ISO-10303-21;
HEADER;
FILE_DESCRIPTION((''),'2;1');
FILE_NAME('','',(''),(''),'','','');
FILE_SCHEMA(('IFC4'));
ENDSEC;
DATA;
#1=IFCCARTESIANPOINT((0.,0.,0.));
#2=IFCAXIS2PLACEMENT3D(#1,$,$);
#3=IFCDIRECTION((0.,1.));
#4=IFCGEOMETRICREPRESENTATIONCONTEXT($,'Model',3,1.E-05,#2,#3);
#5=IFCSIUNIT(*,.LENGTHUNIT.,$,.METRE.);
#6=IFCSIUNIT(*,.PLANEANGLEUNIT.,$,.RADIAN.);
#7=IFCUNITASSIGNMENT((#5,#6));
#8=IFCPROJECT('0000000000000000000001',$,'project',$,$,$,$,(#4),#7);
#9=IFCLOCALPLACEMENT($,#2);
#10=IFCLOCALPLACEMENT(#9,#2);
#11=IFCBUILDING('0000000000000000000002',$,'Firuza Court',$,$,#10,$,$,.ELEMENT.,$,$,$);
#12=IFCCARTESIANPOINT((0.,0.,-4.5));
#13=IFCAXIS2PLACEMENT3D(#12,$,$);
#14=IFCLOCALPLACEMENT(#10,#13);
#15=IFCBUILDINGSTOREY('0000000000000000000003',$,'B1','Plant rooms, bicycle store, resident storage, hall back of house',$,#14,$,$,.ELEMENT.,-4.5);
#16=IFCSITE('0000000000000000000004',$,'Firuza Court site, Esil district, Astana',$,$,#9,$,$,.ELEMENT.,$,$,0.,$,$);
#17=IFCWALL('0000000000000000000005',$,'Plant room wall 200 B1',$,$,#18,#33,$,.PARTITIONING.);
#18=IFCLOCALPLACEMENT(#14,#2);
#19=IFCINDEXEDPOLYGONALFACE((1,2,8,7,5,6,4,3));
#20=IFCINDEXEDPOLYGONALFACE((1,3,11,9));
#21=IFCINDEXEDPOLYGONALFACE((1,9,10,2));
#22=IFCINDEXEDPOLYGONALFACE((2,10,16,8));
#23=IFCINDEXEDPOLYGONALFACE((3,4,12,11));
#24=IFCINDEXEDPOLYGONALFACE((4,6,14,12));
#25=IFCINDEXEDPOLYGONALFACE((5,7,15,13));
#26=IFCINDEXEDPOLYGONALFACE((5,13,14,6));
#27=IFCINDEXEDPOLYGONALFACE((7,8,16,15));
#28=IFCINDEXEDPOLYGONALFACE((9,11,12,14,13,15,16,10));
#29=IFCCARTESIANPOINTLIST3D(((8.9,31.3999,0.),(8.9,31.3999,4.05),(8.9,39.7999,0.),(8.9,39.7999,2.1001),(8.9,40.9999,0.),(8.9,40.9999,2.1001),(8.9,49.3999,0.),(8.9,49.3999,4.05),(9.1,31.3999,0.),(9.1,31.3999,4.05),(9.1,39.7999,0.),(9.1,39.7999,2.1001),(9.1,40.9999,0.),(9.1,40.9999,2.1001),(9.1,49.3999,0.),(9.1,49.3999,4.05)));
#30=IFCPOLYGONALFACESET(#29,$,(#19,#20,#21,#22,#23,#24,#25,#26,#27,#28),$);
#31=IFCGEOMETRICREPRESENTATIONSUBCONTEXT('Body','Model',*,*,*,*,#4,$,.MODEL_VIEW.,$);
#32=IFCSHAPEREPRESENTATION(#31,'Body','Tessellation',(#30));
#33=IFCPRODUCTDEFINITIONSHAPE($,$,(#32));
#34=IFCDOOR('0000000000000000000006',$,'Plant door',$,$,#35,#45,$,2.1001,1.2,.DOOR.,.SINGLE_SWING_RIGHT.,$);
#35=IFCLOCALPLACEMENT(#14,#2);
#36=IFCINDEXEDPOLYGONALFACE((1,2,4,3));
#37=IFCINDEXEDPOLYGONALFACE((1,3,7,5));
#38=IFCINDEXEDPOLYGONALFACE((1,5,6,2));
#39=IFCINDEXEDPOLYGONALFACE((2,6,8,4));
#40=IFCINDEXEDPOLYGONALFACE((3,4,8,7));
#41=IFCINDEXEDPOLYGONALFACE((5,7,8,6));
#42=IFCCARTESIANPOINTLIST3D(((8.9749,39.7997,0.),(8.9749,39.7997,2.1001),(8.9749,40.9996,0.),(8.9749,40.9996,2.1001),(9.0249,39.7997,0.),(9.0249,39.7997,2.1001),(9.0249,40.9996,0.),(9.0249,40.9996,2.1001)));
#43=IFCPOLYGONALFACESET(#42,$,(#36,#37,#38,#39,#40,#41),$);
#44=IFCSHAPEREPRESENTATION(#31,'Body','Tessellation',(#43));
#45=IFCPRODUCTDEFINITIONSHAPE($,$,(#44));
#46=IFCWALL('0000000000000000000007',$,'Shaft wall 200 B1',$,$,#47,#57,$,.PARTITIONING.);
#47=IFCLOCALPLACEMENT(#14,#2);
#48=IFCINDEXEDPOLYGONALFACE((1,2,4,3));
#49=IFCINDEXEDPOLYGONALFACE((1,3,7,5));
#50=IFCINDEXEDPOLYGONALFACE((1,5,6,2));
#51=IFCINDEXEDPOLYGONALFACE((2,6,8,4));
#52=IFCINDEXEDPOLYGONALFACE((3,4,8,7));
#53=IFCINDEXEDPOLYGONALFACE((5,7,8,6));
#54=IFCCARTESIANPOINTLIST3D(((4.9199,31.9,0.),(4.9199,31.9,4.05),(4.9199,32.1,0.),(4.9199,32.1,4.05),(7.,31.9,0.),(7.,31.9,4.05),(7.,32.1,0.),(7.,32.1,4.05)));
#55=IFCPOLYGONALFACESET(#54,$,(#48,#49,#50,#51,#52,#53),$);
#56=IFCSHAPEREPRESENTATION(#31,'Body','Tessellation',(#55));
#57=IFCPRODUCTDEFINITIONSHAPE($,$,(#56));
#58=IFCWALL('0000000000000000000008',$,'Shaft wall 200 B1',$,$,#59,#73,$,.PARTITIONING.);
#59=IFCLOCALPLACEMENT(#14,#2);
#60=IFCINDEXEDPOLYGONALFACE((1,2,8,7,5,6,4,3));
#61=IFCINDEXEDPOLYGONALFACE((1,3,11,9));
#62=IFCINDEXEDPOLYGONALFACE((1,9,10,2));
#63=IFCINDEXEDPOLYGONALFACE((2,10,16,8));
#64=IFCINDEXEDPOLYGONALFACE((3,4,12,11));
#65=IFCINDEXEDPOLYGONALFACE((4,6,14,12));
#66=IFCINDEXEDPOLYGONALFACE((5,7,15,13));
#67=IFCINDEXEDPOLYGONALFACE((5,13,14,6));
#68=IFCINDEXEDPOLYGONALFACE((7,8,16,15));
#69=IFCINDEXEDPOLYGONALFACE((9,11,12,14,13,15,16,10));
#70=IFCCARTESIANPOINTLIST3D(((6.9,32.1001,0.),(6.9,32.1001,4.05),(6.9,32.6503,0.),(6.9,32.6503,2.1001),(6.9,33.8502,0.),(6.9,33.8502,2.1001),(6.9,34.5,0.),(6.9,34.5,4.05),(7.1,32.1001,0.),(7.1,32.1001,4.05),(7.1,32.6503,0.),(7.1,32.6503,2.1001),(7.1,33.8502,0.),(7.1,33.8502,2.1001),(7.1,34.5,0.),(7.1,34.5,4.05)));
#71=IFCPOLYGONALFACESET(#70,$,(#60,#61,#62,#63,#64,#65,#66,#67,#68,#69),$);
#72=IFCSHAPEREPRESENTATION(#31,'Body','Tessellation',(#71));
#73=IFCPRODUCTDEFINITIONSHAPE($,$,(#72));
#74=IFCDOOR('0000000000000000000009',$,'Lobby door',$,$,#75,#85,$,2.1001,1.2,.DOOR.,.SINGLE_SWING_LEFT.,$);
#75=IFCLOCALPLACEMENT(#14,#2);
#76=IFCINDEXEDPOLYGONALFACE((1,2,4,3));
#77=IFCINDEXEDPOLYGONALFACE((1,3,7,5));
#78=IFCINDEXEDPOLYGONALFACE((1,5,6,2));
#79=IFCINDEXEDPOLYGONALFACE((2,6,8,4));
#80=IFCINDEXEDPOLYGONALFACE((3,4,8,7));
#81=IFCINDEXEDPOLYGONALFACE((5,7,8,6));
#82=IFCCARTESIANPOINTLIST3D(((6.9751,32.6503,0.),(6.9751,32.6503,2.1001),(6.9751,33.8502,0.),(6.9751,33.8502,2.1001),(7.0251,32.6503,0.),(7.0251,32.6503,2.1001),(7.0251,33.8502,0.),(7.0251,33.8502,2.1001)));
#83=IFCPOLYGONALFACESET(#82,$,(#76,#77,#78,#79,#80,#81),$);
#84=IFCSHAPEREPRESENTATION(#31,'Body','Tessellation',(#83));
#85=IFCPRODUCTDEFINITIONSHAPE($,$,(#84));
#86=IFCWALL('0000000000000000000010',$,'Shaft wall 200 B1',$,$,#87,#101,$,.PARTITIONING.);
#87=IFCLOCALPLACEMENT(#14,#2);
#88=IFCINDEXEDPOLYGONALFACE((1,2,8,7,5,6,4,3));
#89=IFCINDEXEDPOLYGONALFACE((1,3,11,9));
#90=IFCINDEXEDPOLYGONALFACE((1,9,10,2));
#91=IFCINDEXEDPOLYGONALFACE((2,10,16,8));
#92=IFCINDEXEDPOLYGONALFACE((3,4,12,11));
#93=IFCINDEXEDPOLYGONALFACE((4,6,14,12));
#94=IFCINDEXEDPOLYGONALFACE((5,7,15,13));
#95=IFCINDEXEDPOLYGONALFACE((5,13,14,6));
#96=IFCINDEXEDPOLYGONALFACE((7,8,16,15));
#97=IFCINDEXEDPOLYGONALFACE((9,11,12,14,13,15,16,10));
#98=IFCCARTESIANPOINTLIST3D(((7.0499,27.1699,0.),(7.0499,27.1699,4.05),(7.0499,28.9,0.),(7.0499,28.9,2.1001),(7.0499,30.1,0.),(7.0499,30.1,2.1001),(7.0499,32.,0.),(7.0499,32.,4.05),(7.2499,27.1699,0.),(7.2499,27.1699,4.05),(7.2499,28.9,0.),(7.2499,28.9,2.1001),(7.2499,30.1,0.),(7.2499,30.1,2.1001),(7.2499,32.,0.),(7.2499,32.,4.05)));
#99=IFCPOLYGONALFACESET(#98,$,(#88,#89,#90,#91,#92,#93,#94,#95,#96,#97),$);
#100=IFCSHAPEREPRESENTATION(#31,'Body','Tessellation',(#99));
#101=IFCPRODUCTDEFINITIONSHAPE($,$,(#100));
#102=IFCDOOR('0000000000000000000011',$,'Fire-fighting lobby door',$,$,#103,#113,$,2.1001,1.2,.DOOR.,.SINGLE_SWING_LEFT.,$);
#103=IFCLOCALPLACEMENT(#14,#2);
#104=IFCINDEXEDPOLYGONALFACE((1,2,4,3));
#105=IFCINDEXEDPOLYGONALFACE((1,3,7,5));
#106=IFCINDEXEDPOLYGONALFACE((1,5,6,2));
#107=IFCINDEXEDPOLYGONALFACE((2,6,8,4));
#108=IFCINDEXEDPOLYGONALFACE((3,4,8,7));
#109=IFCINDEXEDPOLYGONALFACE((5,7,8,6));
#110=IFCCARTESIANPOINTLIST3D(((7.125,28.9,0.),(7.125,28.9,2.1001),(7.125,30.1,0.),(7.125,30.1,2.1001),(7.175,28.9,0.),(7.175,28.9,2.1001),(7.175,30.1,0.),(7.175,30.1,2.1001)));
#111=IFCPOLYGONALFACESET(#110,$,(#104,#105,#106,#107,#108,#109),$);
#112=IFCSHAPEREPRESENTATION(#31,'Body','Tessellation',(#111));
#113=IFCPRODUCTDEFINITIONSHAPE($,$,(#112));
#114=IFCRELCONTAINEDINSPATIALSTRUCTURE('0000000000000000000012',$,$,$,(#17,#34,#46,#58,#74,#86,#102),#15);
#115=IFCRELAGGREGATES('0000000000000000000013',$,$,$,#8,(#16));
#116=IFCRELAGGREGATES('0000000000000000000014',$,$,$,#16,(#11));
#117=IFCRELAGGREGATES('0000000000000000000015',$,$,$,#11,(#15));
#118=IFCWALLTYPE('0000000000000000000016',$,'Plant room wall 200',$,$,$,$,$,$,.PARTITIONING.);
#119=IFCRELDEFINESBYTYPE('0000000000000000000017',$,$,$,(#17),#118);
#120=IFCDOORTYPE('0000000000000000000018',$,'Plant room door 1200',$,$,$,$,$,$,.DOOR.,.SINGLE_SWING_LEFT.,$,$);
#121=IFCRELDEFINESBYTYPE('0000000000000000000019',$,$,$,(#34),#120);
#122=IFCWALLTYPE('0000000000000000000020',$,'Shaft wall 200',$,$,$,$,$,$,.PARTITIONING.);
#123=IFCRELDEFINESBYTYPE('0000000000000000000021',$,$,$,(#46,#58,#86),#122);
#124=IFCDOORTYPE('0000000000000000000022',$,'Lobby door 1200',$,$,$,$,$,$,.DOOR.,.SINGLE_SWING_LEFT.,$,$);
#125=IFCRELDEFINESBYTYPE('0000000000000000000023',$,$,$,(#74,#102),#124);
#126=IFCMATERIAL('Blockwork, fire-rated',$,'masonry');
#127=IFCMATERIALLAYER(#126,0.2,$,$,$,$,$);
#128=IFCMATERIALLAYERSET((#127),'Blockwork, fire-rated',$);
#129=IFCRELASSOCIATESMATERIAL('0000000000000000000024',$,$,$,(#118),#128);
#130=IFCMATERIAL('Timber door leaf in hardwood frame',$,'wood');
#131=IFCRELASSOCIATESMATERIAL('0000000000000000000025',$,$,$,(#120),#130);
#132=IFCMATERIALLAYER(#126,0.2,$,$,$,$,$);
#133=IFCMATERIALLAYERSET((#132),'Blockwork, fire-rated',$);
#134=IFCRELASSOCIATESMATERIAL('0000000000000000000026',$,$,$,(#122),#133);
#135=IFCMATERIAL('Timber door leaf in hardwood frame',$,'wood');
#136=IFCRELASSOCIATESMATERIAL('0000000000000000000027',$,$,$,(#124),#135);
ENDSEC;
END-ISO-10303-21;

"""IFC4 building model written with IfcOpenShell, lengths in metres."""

from ifc_helpers import new_model, si_unit, direction, frame, frame_2d, origin, place, context, subcontext, project, spatial, rectangle, extrude, material, layer, layer_set, type_object, element, fill, save


model = new_model("IFC4")

# Units and contexts
model_context = context("Model", 3, precision=1e-05, world=origin(), true_north=direction((0.0, 1.0)))
body_context = subcontext(model_context, "Body", "Model", "MODEL_VIEW")
ifc_project = project(units=[si_unit("LENGTHUNIT", "METRE"), si_unit("PLANEANGLEUNIT", "RADIAN")], contexts=[model_context])

# Site, building, storey
site_placement = place(None, origin())
site = spatial("IfcSite", under=ifc_project, at=site_placement, Name="Firuza Court site, Esil district, Astana", CompositionType="ELEMENT", RefElevation=0.0)
building_placement = place(site_placement, origin())
building = spatial("IfcBuilding", under=site, at=building_placement, Name="Firuza Court", CompositionType="ELEMENT")
storey_placement = place(building_placement, frame((0.0, 0.0, -4.5)))
storey = spatial("IfcBuildingStorey", under=building, at=storey_placement, Name="B1", Description="Plant rooms, bicycle store, resident storage, hall back of house", CompositionType="ELEMENT", Elevation=-4.5)

# Wall, opening, door
ifc_material_1 = material(Name="Blockwork, fire-rated", Category="masonry")
ifc_layer_1 = layer(ifc_material_1, 0.2)
ifc_layer_set_1 = layer_set([ifc_layer_1], Name="Blockwork, fire-rated")
wall_type_1 = type_object("IfcWallType", Name="Plant room wall 200", PredefinedType="PARTITIONING", material=ifc_layer_set_1)
wall_1_placement = place(storey_placement, frame((9.0, 31.3999, 0.0), z_axis=(0.0, 0.0, 1.0), x_axis=(0.0, 1.0, 0.0)))
wall_1 = element("IfcWall", 1, at=wall_1_placement, inside=storey, type_object=wall_type_1, Name="Plant room wall 200 B1", PredefinedType="PARTITIONING", context=body_context, shape_type="SweptSolid", body=[
    extrude(rectangle(XDim=18.0, YDim=0.2, at=frame_2d((9.0, 0.0))), origin(), (0.0, 0.0, 1.0), 4.05),
])
opening_1_placement = place(wall_1_placement, frame((8.3999, 0.0, 0.0)))
opening_1 = element("IfcOpeningElement", 2, at=opening_1_placement, cuts=wall_1, PredefinedType="OPENING", context=body_context, shape_type="SweptSolid", body=[
    extrude(rectangle(XDim=1.2, YDim=2.1001, at=frame_2d((0.6001, 1.05))), frame((0.0, 0.1118, 0.0), z_axis=(0.0, -1.0, 0.0), x_axis=(1.0, 0.0, 0.0)), (0.0, 0.0, 1.0), 0.2239),
])
ifc_material_2 = material(Name="Timber door leaf in hardwood frame", Category="wood")
door_type_1 = type_object("IfcDoorType", Name="Plant room door 1200", OperationType="SINGLE_SWING_LEFT", PredefinedType="DOOR", material=ifc_material_2)
door_1_placement = place(opening_1_placement, frame((1.2, 0.0, 0.0), z_axis=(0.0, 0.0, 1.0), x_axis=(-1.0, 0.0, 0.0)))
door_1 = element("IfcDoor", 3, at=door_1_placement, inside=storey, type_object=door_type_1, Name="Plant door", OperationType="SINGLE_SWING_RIGHT", OverallHeight=2.1001, OverallWidth=1.2, PredefinedType="DOOR", context=body_context, shape_type="SweptSolid", body=[
    extrude(rectangle(XDim=1.2, YDim=2.1001, at=frame_2d((0.6001, 1.05))), frame((0.0, 0.0249, 0.0), z_axis=(0.0, -1.0, 0.0), x_axis=(1.0, 0.0, 0.0)), (0.0, 0.0, 1.0), 0.05),
])
fill(opening_1, door_1)

# Wall
ifc_layer_2 = layer(ifc_material_1, 0.2)
ifc_layer_set_2 = layer_set([ifc_layer_2], Name="Blockwork, fire-rated")
wall_type_2 = type_object("IfcWallType", Name="Shaft wall 200", PredefinedType="PARTITIONING", material=ifc_layer_set_2)
wall_2_placement = place(storey_placement, frame((4.9199, 32.0, 0.0), z_axis=(0.0, 0.0, 1.0), x_axis=(1.0, 0.0, 0.0)))
element("IfcWall", 4, at=wall_2_placement, inside=storey, type_object=wall_type_2, Name="Shaft wall 200 B1", PredefinedType="PARTITIONING", context=body_context, shape_type="SweptSolid", body=[
    extrude(rectangle(XDim=2.0801, YDim=0.2, at=frame_2d((1.04, 0.0))), origin(), (0.0, 0.0, 1.0), 4.05),
])

# Walls, openings, doors
wall_3_placement = place(storey_placement, frame((7.0, 32.1001, 0.0), z_axis=(0.0, 0.0, 1.0), x_axis=(0.0, 1.0, 0.0)))
wall_3 = element("IfcWall", 5, at=wall_3_placement, inside=storey, type_object=wall_type_2, Name="Shaft wall 200 B1", PredefinedType="PARTITIONING", context=body_context, shape_type="SweptSolid", body=[
    extrude(rectangle(XDim=2.3999, YDim=0.2, at=frame_2d((1.2, 0.0))), origin(), (0.0, 0.0, 1.0), 4.05),
])
opening_2_placement = place(wall_3_placement, frame((0.55, 0.0, 0.0)))
opening_2 = element("IfcOpeningElement", 6, at=opening_2_placement, cuts=wall_3, PredefinedType="OPENING", context=body_context, shape_type="SweptSolid", body=[
    extrude(rectangle(XDim=1.2, YDim=2.1001, at=frame_2d((0.6001, 1.05))), frame((0.0, 0.1118, 0.0), z_axis=(0.0, -1.0, 0.0), x_axis=(1.0, 0.0, 0.0)), (0.0, 0.0, 1.0), 0.2239),
])
ifc_material_3 = material(Name="Timber door leaf in hardwood frame", Category="wood")
door_type_2 = type_object("IfcDoorType", Name="Lobby door 1200", OperationType="SINGLE_SWING_LEFT", PredefinedType="DOOR", material=ifc_material_3)
door_2_placement = place(opening_2_placement, origin())
door_2 = element("IfcDoor", 7, at=door_2_placement, inside=storey, type_object=door_type_2, Name="Lobby door", OperationType="SINGLE_SWING_LEFT", OverallHeight=2.1001, OverallWidth=1.2, PredefinedType="DOOR", context=body_context, shape_type="SweptSolid", body=[
    extrude(rectangle(XDim=1.2, YDim=2.1001, at=frame_2d((0.6001, 1.05))), frame((0.0, 0.0249, 0.0), z_axis=(0.0, -1.0, 0.0), x_axis=(1.0, 0.0, 0.0)), (0.0, 0.0, 1.0), 0.05),
])
fill(opening_2, door_2)
wall_4_placement = place(storey_placement, frame((7.1499, 27.1699, 0.0), z_axis=(0.0, 0.0, 1.0), x_axis=(0.0, 1.0, 0.0)))
wall_4 = element("IfcWall", 8, at=wall_4_placement, inside=storey, type_object=wall_type_2, Name="Shaft wall 200 B1", PredefinedType="PARTITIONING", context=body_context, shape_type="SweptSolid", body=[
    extrude(rectangle(XDim=4.8301, YDim=0.2, at=frame_2d((2.415, 0.0))), origin(), (0.0, 0.0, 1.0), 4.05),
])
opening_3_placement = place(wall_4_placement, frame((1.73, 0.0, 0.0)))
opening_3 = element("IfcOpeningElement", 9, at=opening_3_placement, cuts=wall_4, PredefinedType="OPENING", context=body_context, shape_type="SweptSolid", body=[
    extrude(rectangle(XDim=1.2, YDim=2.1001, at=frame_2d((0.6001, 1.05))), frame((0.0, 0.1118, 0.0), z_axis=(0.0, -1.0, 0.0), x_axis=(1.0, 0.0, 0.0)), (0.0, 0.0, 1.0), 0.2239),
])
door_3_placement = place(opening_3_placement, origin())
door_3 = element("IfcDoor", 10, at=door_3_placement, inside=storey, type_object=door_type_2, Name="Fire-fighting lobby door", OperationType="SINGLE_SWING_LEFT", OverallHeight=2.1001, OverallWidth=1.2, PredefinedType="DOOR", context=body_context, shape_type="SweptSolid", body=[
    extrude(rectangle(XDim=1.2, YDim=2.1001, at=frame_2d((0.6001, 1.05))), frame((0.0, 0.0249, 0.0), z_axis=(0.0, -1.0, 0.0), x_axis=(1.0, 0.0, 0.0)), (0.0, 0.0, 1.0), 0.05),
])
fill(opening_3, door_3)

save(model, "model.ifc")
